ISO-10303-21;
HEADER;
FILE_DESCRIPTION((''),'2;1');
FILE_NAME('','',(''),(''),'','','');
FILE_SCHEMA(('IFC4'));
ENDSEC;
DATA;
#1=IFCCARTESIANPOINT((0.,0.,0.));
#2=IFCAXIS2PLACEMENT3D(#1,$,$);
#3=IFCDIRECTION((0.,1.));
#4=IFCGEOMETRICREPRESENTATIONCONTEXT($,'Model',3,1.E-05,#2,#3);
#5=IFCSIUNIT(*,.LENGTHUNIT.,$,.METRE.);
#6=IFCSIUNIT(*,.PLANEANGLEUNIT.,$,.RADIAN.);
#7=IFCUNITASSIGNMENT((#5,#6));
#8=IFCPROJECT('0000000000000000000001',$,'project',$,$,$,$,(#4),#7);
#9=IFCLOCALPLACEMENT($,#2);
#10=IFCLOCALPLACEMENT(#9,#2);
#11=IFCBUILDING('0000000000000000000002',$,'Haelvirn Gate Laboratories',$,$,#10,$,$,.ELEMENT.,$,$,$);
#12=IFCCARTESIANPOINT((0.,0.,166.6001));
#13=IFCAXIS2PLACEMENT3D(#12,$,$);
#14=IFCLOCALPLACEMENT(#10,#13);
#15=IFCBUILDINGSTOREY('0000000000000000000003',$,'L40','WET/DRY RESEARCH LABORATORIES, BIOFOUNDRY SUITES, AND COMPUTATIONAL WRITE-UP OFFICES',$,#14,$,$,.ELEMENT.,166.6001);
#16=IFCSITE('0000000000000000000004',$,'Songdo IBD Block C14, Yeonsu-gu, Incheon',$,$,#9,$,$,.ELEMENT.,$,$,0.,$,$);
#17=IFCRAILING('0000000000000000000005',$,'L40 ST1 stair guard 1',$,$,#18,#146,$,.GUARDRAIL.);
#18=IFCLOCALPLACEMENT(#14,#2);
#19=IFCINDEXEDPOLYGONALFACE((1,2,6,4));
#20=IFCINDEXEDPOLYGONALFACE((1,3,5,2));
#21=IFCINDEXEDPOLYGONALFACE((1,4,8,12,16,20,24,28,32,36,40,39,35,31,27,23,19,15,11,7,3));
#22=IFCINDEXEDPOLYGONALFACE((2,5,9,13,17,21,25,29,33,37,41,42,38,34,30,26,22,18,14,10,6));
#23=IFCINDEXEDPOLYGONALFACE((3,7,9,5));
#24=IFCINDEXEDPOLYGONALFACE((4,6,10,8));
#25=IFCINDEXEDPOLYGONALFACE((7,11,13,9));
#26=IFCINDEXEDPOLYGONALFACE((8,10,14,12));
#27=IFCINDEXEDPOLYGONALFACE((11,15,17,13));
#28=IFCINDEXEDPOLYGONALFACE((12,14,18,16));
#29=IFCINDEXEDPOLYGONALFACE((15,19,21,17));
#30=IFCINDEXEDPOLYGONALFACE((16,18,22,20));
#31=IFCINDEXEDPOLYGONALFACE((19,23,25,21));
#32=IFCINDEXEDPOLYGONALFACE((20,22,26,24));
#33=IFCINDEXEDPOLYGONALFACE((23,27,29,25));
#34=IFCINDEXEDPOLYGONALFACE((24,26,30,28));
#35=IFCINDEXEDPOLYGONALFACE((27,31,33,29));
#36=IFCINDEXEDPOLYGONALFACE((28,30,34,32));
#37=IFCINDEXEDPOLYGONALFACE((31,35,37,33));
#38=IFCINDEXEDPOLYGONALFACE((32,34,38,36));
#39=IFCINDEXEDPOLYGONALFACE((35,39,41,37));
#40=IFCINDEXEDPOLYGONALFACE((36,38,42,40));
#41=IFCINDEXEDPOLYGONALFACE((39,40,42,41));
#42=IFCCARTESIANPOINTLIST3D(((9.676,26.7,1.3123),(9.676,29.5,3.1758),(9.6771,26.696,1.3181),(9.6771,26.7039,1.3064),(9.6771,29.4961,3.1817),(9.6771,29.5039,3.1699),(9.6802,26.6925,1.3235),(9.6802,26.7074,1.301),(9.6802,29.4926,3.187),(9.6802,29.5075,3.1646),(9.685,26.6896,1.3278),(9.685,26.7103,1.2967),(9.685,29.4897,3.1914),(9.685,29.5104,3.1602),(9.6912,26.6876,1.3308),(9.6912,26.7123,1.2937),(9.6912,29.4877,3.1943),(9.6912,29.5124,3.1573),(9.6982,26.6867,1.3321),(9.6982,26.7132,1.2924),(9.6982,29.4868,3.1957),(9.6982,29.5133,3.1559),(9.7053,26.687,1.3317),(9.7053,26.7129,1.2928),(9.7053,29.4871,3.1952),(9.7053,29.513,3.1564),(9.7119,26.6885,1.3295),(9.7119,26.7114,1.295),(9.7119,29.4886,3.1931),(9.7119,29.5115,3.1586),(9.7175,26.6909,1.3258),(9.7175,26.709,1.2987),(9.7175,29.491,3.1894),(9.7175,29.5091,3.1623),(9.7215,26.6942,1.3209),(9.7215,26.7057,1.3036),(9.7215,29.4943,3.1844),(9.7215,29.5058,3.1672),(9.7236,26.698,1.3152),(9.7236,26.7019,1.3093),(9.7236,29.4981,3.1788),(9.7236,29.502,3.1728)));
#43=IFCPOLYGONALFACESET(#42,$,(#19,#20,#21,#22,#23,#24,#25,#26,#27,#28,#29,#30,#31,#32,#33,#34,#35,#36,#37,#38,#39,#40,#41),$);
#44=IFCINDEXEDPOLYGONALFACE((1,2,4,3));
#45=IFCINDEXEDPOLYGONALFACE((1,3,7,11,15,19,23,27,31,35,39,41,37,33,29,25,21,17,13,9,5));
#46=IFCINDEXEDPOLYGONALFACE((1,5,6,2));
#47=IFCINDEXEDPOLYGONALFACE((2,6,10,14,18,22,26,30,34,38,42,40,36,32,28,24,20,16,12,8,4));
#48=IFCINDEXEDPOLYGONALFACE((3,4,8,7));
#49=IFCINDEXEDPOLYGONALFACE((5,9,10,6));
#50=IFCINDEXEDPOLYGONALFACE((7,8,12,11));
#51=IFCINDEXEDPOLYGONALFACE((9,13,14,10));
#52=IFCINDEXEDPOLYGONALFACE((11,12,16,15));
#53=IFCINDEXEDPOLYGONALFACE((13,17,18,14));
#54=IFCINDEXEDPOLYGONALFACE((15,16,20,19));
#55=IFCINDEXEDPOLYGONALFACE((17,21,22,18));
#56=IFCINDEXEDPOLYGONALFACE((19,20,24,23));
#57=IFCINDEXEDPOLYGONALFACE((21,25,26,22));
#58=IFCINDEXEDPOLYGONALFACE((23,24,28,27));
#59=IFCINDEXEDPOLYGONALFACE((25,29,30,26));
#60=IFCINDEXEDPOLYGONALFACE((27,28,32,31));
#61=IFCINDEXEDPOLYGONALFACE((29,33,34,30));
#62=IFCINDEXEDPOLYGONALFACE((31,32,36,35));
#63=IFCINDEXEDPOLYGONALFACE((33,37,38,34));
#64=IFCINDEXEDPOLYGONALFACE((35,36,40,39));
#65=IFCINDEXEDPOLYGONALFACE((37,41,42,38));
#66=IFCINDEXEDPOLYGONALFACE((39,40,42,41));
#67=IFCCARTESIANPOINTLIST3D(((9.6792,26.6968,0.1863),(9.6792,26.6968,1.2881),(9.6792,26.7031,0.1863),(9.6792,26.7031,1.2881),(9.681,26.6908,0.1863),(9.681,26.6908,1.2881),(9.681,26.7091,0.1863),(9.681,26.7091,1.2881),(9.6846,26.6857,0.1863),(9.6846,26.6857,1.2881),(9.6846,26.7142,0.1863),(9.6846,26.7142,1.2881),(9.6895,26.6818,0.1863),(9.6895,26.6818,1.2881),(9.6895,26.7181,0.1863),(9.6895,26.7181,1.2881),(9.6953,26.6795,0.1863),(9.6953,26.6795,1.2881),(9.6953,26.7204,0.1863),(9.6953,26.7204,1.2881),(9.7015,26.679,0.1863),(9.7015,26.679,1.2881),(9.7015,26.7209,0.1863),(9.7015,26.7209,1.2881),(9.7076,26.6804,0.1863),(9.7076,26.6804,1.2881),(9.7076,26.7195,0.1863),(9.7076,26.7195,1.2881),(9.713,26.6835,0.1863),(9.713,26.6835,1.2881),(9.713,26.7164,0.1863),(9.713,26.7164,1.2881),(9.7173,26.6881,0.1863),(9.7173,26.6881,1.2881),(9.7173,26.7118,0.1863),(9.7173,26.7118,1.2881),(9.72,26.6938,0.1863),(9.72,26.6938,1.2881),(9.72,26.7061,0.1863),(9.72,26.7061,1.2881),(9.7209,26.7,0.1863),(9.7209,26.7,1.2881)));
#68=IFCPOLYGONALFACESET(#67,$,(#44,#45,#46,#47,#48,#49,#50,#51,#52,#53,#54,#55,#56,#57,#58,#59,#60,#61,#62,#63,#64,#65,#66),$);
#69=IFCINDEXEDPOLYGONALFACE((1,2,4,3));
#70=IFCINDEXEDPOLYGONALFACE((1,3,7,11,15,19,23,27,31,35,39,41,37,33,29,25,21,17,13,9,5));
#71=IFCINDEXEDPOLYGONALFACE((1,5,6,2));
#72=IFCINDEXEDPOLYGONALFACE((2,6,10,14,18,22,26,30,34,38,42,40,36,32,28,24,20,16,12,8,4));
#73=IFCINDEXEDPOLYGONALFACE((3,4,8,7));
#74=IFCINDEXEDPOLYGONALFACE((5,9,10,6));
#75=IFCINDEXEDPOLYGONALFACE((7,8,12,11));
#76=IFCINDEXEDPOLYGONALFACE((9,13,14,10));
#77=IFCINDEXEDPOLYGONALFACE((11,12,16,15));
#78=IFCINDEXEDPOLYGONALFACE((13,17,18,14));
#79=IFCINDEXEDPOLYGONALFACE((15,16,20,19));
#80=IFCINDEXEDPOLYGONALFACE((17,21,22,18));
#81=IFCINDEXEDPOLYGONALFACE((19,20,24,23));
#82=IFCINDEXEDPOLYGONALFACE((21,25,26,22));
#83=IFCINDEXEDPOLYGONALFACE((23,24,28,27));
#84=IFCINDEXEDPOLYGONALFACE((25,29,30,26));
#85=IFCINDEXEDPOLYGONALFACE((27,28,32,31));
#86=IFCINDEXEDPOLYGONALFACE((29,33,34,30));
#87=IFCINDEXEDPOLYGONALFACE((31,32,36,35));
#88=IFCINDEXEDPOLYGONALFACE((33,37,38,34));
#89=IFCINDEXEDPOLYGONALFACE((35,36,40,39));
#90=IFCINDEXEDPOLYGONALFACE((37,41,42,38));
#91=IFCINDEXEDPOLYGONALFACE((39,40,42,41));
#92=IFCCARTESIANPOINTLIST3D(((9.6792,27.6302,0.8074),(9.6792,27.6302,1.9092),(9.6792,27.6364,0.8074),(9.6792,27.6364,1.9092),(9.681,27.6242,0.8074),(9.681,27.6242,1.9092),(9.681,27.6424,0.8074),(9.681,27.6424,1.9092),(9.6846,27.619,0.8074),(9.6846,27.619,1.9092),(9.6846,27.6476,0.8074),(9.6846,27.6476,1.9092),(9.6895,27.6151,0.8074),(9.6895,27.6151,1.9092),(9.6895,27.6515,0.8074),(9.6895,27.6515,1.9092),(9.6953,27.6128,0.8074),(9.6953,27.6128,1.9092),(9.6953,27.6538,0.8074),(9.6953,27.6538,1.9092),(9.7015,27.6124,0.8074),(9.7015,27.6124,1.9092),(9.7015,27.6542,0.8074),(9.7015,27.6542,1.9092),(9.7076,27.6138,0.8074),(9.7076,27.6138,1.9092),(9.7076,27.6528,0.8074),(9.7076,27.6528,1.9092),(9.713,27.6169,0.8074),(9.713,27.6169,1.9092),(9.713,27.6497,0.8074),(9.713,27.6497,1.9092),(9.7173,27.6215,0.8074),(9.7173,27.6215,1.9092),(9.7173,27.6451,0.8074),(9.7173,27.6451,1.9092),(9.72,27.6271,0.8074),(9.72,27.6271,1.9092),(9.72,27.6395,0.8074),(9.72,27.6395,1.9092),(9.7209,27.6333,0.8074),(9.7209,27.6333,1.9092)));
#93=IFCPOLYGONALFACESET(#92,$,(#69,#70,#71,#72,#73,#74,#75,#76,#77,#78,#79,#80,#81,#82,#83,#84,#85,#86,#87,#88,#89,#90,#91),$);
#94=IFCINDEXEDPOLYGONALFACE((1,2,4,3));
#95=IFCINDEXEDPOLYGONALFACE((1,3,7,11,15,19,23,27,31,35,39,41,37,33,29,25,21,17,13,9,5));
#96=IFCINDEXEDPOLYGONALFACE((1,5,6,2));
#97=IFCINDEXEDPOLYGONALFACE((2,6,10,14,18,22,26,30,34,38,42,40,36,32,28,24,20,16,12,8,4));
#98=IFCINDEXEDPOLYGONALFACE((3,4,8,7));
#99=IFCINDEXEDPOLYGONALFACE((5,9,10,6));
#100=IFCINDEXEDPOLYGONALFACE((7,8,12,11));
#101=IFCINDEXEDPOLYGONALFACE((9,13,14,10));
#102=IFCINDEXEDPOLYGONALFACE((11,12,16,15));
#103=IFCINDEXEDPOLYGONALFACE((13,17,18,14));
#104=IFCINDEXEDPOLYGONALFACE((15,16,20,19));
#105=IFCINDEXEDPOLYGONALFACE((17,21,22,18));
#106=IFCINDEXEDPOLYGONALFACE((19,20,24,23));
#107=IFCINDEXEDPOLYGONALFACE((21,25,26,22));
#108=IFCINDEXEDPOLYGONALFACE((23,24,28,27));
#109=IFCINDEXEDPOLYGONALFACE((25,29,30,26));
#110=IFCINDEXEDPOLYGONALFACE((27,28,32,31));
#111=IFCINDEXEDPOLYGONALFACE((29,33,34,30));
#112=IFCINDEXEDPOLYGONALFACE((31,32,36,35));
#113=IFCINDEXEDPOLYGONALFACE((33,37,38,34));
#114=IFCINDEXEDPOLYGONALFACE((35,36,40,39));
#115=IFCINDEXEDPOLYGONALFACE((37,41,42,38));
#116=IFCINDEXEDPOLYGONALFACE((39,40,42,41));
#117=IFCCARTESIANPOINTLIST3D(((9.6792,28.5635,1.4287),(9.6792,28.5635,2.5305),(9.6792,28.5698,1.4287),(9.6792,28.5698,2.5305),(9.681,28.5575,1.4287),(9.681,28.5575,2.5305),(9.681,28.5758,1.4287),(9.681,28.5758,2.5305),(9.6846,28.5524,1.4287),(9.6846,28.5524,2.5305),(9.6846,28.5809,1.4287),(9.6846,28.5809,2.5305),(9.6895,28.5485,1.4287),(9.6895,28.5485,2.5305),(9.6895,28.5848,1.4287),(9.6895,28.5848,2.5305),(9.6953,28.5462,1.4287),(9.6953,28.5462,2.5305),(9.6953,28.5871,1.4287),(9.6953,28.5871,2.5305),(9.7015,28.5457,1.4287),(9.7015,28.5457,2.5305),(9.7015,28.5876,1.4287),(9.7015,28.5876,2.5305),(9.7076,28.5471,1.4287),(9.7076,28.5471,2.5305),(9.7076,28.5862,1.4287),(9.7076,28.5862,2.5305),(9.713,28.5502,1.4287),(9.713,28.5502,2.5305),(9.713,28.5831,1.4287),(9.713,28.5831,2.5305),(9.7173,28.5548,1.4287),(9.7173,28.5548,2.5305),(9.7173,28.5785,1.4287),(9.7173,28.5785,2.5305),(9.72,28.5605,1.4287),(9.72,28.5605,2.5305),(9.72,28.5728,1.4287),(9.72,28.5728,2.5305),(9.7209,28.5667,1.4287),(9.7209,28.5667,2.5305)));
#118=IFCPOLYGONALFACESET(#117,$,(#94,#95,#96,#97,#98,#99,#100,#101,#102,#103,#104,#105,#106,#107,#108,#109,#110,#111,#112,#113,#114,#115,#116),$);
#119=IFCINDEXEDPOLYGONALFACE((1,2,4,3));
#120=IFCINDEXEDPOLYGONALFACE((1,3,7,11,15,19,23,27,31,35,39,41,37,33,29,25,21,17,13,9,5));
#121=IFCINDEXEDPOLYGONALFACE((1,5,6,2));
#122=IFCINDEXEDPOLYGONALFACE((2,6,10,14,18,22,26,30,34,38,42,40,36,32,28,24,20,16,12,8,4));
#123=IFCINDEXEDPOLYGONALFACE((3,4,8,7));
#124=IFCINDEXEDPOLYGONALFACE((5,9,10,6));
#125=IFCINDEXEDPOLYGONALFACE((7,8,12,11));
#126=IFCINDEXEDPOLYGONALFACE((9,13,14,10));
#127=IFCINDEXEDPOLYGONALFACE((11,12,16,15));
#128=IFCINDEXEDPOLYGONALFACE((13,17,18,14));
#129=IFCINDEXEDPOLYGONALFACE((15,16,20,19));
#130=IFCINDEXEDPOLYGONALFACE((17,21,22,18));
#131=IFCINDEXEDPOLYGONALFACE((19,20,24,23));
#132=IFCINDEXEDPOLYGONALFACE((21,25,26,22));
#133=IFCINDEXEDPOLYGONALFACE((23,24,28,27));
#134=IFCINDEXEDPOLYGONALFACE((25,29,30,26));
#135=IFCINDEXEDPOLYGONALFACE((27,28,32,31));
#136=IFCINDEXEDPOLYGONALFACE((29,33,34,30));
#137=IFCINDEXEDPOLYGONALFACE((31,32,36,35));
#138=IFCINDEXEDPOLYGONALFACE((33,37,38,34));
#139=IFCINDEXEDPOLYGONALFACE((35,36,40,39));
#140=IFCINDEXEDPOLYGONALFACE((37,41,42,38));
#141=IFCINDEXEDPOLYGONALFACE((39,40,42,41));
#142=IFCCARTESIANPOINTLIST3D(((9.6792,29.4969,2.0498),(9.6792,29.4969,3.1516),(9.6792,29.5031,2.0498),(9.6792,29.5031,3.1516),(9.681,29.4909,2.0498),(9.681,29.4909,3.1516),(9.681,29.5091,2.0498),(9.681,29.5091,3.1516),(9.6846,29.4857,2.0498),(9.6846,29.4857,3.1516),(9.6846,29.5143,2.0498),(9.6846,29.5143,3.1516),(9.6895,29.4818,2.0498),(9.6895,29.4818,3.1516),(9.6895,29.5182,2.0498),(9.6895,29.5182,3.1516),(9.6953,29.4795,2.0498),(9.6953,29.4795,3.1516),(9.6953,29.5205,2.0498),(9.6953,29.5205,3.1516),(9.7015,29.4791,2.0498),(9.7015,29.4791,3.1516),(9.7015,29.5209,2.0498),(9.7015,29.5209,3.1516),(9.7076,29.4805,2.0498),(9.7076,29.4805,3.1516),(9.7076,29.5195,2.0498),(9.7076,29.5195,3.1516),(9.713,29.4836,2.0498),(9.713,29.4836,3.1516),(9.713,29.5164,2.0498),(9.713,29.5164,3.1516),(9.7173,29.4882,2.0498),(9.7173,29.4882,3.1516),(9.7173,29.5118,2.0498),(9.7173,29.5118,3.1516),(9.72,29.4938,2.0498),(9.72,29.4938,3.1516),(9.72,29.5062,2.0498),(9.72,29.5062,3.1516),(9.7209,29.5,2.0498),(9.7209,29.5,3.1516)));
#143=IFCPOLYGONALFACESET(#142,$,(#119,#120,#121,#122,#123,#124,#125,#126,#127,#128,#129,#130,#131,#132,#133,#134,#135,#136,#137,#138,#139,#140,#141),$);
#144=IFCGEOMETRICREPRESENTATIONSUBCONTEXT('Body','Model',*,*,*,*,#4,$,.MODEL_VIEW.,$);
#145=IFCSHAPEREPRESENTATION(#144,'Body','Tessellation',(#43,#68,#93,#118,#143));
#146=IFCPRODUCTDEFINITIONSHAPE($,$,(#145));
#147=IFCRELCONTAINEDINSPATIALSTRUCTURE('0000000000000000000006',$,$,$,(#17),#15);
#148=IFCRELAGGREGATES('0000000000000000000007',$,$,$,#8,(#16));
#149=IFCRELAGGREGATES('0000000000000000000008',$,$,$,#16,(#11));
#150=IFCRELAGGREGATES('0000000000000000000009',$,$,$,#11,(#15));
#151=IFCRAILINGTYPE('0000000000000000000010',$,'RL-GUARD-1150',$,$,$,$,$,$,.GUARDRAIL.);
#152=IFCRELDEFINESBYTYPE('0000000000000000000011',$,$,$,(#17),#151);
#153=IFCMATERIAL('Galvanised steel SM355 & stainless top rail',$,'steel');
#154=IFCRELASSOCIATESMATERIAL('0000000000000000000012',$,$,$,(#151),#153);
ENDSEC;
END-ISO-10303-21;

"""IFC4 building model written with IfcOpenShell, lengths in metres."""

from ifc_helpers import new_model, si_unit, direction, frame, origin, origin_2d, place, context, subcontext, project, spatial, circle, extrude, source, transform, mapped, material, type_object, element, save


model = new_model("IFC4")

# Units and contexts
model_context = context("Model", 3, precision=1e-05, world=origin(), true_north=direction((0.0, 1.0)))
body_context = subcontext(model_context, "Body", "Model", "MODEL_VIEW")
ifc_project = project(units=[si_unit("LENGTHUNIT", "METRE"), si_unit("PLANEANGLEUNIT", "RADIAN")], contexts=[model_context])

# Site, building, storey
site_placement = place(None, origin())
site = spatial("IfcSite", under=ifc_project, at=site_placement, Name="Songdo IBD Block C14, Yeonsu-gu, Incheon", CompositionType="ELEMENT", RefElevation=0.0)
building_placement = place(site_placement, origin())
building = spatial("IfcBuilding", under=site, at=building_placement, Name="Haelvirn Gate Laboratories", CompositionType="ELEMENT")
storey_placement = place(building_placement, frame((0.0, 0.0, 166.6001)))
storey = spatial("IfcBuildingStorey", under=building, at=storey_placement, Name="L40", Description="WET/DRY RESEARCH LABORATORIES, BIOFOUNDRY SUITES, AND COMPUTATIONAL WRITE-UP OFFICES", CompositionType="ELEMENT", Elevation=166.6001)

# Railing
ifc_material_1 = material(Name="Galvanised steel SM355 & stainless top rail", Category="steel")
railing_type_1 = type_object("IfcRailingType", Name="RL-GUARD-1150", PredefinedType="GUARDRAIL", material=ifc_material_1)
shared_shape_1 = source(origin(), body_context, "Body", "SweptSolid", [
    extrude(circle(Radius=0.0239, at=origin_2d()), frame((0.0, 0.0, 1.126), z_axis=(0.0, 0.832486, 0.554047), x_axis=(-1.0, 0.0, 0.0)), (0.0, 0.0, 1.0), 3.3635),
    extrude(circle(Radius=0.021, at=origin_2d()), origin(), (0.0, 0.0, 1.0), 1.1018),
    extrude(circle(Radius=0.021, at=origin_2d()), frame((0.0, 0.9333, 0.6211)), (0.0, 0.0, 1.0), 1.1018),
    extrude(circle(Radius=0.021, at=origin_2d()), frame((0.0, 1.8667, 1.2424)), (0.0, 0.0, 1.0), 1.1018),
    extrude(circle(Radius=0.021, at=origin_2d()), frame((0.0, 2.8, 1.8635)), (0.0, 0.0, 1.0), 1.1018),
])
railing_1_placement = place(storey_placement, frame((9.7, 26.7, 0.1863)))
element("IfcRailing", 1, at=railing_1_placement, inside=storey, type_object=railing_type_1, Name="L40 ST1 stair guard 1", PredefinedType="GUARDRAIL", context=body_context, shape_type="MappedRepresentation", body=[
    mapped(shared_shape_1, transform((0.0, 0.0, 0.0), scale=1.0)),
])

save(model, "model.ifc")
